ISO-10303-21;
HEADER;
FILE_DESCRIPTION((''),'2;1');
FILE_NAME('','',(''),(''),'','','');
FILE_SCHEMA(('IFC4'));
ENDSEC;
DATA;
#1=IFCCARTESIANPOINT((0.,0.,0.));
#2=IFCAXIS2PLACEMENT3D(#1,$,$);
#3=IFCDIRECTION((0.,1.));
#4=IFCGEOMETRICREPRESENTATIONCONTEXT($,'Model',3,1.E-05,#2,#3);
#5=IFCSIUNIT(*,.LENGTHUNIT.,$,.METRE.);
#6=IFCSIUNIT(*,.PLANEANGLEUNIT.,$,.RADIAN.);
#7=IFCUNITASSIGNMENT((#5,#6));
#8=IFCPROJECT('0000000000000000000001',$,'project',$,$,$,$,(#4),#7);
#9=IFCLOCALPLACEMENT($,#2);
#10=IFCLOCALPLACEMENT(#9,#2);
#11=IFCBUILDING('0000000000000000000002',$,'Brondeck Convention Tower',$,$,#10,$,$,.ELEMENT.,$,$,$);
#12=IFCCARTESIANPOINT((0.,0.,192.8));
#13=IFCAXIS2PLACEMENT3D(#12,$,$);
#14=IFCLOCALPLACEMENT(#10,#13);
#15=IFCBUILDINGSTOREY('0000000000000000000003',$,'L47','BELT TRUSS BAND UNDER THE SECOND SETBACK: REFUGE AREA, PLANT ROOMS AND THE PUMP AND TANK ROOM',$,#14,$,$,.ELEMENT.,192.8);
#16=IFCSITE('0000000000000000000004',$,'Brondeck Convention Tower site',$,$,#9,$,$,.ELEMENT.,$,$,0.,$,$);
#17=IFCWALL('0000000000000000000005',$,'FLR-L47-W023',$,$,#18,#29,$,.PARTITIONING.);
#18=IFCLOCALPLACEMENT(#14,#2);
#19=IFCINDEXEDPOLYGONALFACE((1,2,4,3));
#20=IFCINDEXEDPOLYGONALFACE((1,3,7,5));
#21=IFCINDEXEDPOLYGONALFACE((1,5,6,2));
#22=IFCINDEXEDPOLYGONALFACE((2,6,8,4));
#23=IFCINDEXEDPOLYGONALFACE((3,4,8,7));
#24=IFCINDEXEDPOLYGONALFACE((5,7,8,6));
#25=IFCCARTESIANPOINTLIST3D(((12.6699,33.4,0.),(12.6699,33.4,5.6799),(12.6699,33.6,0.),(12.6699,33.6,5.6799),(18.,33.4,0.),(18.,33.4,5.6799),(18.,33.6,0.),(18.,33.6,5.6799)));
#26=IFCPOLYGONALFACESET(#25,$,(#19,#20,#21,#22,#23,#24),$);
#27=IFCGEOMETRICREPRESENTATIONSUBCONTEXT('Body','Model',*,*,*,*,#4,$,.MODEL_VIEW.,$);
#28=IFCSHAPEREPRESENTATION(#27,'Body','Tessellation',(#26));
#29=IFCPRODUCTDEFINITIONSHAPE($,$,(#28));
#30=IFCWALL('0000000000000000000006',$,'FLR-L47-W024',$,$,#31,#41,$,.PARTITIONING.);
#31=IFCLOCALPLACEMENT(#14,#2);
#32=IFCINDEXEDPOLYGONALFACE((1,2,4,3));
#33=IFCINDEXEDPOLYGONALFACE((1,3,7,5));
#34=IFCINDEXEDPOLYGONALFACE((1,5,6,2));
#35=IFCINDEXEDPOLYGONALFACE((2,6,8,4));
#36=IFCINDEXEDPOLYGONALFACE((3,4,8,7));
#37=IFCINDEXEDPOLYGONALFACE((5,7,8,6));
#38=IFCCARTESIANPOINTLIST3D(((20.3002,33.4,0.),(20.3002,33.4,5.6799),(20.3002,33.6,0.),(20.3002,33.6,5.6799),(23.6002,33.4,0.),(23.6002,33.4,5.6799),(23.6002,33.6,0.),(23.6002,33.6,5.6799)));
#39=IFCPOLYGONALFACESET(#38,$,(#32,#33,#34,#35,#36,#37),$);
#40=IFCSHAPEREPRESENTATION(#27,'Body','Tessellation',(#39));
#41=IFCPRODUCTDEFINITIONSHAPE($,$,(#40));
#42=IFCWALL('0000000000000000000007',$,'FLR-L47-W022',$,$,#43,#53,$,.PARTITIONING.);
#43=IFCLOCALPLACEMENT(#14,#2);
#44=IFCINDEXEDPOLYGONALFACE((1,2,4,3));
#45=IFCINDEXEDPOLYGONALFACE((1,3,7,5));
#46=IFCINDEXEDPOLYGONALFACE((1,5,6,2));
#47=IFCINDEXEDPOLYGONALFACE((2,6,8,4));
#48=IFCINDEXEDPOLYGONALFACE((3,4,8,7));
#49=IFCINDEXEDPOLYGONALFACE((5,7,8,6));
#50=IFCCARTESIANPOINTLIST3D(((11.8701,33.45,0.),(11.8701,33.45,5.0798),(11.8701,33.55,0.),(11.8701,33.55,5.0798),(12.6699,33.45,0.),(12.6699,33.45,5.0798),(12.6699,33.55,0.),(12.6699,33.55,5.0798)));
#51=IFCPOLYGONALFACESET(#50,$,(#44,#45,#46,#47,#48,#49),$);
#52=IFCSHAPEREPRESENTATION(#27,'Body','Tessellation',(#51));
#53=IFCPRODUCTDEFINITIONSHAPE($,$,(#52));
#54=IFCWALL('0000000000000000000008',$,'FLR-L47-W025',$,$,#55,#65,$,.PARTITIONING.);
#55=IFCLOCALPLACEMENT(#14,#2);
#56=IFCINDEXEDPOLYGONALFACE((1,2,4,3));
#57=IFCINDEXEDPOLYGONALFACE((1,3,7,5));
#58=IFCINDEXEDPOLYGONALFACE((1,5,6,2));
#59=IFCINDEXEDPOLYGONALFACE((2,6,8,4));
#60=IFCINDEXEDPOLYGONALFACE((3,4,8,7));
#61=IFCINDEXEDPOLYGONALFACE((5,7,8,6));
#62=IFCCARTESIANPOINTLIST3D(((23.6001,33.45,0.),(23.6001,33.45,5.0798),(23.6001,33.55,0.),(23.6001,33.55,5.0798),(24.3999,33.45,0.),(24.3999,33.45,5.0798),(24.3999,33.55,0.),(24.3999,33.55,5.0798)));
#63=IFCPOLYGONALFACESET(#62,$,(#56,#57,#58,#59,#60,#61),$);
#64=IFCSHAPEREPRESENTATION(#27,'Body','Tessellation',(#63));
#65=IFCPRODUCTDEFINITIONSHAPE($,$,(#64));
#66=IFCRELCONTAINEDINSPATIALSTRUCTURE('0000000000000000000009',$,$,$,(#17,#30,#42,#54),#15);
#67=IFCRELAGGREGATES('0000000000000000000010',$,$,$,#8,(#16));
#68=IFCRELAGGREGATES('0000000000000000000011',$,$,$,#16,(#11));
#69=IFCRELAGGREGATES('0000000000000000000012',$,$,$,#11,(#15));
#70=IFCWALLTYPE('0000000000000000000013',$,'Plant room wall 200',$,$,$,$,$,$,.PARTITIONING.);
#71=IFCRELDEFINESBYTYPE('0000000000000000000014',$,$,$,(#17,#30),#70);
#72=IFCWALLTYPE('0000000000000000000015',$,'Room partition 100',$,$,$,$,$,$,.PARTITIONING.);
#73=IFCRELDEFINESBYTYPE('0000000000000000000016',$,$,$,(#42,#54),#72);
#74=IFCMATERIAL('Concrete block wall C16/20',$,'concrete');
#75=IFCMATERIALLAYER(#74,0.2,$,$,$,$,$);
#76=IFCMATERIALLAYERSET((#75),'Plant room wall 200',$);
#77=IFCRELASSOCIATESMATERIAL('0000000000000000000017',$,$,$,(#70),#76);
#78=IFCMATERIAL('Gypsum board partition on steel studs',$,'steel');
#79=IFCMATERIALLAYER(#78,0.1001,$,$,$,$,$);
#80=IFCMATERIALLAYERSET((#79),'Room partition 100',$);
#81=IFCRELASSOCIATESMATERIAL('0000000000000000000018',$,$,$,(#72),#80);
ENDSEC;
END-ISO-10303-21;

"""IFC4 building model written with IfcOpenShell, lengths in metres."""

from ifc_helpers import new_model, si_unit, direction, frame, frame_2d, origin, place, context, subcontext, project, spatial, rectangle, extrude, material, layer, layer_set, type_object, element, save


model = new_model("IFC4")

# Units and contexts
model_context = context("Model", 3, precision=1e-05, world=origin(), true_north=direction((0.0, 1.0)))
body_context = subcontext(model_context, "Body", "Model", "MODEL_VIEW")
ifc_project = project(units=[si_unit("LENGTHUNIT", "METRE"), si_unit("PLANEANGLEUNIT", "RADIAN")], contexts=[model_context])

# Site, building, storey
site_placement = place(None, origin())
site = spatial("IfcSite", under=ifc_project, at=site_placement, Name="Brondeck Convention Tower site", CompositionType="ELEMENT", RefElevation=0.0)
building_placement = place(site_placement, origin())
building = spatial("IfcBuilding", under=site, at=building_placement, Name="Brondeck Convention Tower", CompositionType="ELEMENT")
storey_placement = place(building_placement, frame((0.0, 0.0, 192.8)))
storey = spatial("IfcBuildingStorey", under=building, at=storey_placement, Name="L47", Description="BELT TRUSS BAND UNDER THE SECOND SETBACK: REFUGE AREA, PLANT ROOMS AND THE PUMP AND TANK ROOM", CompositionType="ELEMENT", Elevation=192.8)

# Shared definitions
ifc_material_1 = material(Name="Concrete block wall C16/20", Category="concrete")
ifc_layer_1 = layer(ifc_material_1, 0.2)
ifc_layer_set_1 = layer_set([ifc_layer_1], Name="Plant room wall 200")
wall_type_1 = type_object("IfcWallType", Name="Plant room wall 200", PredefinedType="PARTITIONING", material=ifc_layer_set_1)

# Walls
wall_1_placement = place(storey_placement, frame((18.0, 33.5, 0.0), z_axis=(0.0, 0.0, 1.0), x_axis=(-1.0, 0.0, 0.0)))
element("IfcWall", 1, at=wall_1_placement, inside=storey, type_object=wall_type_1, Name="FLR-L47-W023", PredefinedType="PARTITIONING", context=body_context, shape_type="SweptSolid", body=[
    extrude(rectangle(XDim=5.3301, YDim=0.2, at=frame_2d((2.665, 0.0))), origin(), (0.0, 0.0, 1.0), 5.6799),
])
wall_2_placement = place(storey_placement, frame((23.6001, 33.5, 0.0), z_axis=(0.0, 0.0, 1.0), x_axis=(-1.0, 0.0, 0.0)))
element("IfcWall", 2, at=wall_2_placement, inside=storey, type_object=wall_type_1, Name="FLR-L47-W024", PredefinedType="PARTITIONING", context=body_context, shape_type="SweptSolid", body=[
    extrude(rectangle(XDim=3.3, YDim=0.2, at=frame_2d((1.6499, 0.0))), origin(), (0.0, 0.0, 1.0), 5.6799),
])
ifc_material_2 = material(Name="Gypsum board partition on steel studs", Category="steel")
ifc_layer_2 = layer(ifc_material_2, 0.1001)
ifc_layer_set_2 = layer_set([ifc_layer_2], Name="Room partition 100")
wall_type_2 = type_object("IfcWallType", Name="Room partition 100", PredefinedType="PARTITIONING", material=ifc_layer_set_2)
for number, where, z_axis, x_axis, name in (
    (3, (12.6699, 33.5, 0.0), (0.0, 0.0, 1.0), (-1.0, 0.0, 0.0), "FLR-L47-W022"),
    (4, (24.3999, 33.5, 0.0), (0.0, 0.0, 1.0), (-1.0, 0.0, 0.0), "FLR-L47-W025"),
):
    element("IfcWall", number, at=place(storey_placement, frame(where, z_axis=z_axis, x_axis=x_axis)), inside=storey, type_object=wall_type_2, Name=name, PredefinedType="PARTITIONING", context=body_context, shape_type="SweptSolid", body=[
        extrude(rectangle(XDim=0.7998, YDim=0.1001, at=frame_2d((0.3999, 0.0))), origin(), (0.0, 0.0, 1.0), 5.0798),
    ])

save(model, "model.ifc")
